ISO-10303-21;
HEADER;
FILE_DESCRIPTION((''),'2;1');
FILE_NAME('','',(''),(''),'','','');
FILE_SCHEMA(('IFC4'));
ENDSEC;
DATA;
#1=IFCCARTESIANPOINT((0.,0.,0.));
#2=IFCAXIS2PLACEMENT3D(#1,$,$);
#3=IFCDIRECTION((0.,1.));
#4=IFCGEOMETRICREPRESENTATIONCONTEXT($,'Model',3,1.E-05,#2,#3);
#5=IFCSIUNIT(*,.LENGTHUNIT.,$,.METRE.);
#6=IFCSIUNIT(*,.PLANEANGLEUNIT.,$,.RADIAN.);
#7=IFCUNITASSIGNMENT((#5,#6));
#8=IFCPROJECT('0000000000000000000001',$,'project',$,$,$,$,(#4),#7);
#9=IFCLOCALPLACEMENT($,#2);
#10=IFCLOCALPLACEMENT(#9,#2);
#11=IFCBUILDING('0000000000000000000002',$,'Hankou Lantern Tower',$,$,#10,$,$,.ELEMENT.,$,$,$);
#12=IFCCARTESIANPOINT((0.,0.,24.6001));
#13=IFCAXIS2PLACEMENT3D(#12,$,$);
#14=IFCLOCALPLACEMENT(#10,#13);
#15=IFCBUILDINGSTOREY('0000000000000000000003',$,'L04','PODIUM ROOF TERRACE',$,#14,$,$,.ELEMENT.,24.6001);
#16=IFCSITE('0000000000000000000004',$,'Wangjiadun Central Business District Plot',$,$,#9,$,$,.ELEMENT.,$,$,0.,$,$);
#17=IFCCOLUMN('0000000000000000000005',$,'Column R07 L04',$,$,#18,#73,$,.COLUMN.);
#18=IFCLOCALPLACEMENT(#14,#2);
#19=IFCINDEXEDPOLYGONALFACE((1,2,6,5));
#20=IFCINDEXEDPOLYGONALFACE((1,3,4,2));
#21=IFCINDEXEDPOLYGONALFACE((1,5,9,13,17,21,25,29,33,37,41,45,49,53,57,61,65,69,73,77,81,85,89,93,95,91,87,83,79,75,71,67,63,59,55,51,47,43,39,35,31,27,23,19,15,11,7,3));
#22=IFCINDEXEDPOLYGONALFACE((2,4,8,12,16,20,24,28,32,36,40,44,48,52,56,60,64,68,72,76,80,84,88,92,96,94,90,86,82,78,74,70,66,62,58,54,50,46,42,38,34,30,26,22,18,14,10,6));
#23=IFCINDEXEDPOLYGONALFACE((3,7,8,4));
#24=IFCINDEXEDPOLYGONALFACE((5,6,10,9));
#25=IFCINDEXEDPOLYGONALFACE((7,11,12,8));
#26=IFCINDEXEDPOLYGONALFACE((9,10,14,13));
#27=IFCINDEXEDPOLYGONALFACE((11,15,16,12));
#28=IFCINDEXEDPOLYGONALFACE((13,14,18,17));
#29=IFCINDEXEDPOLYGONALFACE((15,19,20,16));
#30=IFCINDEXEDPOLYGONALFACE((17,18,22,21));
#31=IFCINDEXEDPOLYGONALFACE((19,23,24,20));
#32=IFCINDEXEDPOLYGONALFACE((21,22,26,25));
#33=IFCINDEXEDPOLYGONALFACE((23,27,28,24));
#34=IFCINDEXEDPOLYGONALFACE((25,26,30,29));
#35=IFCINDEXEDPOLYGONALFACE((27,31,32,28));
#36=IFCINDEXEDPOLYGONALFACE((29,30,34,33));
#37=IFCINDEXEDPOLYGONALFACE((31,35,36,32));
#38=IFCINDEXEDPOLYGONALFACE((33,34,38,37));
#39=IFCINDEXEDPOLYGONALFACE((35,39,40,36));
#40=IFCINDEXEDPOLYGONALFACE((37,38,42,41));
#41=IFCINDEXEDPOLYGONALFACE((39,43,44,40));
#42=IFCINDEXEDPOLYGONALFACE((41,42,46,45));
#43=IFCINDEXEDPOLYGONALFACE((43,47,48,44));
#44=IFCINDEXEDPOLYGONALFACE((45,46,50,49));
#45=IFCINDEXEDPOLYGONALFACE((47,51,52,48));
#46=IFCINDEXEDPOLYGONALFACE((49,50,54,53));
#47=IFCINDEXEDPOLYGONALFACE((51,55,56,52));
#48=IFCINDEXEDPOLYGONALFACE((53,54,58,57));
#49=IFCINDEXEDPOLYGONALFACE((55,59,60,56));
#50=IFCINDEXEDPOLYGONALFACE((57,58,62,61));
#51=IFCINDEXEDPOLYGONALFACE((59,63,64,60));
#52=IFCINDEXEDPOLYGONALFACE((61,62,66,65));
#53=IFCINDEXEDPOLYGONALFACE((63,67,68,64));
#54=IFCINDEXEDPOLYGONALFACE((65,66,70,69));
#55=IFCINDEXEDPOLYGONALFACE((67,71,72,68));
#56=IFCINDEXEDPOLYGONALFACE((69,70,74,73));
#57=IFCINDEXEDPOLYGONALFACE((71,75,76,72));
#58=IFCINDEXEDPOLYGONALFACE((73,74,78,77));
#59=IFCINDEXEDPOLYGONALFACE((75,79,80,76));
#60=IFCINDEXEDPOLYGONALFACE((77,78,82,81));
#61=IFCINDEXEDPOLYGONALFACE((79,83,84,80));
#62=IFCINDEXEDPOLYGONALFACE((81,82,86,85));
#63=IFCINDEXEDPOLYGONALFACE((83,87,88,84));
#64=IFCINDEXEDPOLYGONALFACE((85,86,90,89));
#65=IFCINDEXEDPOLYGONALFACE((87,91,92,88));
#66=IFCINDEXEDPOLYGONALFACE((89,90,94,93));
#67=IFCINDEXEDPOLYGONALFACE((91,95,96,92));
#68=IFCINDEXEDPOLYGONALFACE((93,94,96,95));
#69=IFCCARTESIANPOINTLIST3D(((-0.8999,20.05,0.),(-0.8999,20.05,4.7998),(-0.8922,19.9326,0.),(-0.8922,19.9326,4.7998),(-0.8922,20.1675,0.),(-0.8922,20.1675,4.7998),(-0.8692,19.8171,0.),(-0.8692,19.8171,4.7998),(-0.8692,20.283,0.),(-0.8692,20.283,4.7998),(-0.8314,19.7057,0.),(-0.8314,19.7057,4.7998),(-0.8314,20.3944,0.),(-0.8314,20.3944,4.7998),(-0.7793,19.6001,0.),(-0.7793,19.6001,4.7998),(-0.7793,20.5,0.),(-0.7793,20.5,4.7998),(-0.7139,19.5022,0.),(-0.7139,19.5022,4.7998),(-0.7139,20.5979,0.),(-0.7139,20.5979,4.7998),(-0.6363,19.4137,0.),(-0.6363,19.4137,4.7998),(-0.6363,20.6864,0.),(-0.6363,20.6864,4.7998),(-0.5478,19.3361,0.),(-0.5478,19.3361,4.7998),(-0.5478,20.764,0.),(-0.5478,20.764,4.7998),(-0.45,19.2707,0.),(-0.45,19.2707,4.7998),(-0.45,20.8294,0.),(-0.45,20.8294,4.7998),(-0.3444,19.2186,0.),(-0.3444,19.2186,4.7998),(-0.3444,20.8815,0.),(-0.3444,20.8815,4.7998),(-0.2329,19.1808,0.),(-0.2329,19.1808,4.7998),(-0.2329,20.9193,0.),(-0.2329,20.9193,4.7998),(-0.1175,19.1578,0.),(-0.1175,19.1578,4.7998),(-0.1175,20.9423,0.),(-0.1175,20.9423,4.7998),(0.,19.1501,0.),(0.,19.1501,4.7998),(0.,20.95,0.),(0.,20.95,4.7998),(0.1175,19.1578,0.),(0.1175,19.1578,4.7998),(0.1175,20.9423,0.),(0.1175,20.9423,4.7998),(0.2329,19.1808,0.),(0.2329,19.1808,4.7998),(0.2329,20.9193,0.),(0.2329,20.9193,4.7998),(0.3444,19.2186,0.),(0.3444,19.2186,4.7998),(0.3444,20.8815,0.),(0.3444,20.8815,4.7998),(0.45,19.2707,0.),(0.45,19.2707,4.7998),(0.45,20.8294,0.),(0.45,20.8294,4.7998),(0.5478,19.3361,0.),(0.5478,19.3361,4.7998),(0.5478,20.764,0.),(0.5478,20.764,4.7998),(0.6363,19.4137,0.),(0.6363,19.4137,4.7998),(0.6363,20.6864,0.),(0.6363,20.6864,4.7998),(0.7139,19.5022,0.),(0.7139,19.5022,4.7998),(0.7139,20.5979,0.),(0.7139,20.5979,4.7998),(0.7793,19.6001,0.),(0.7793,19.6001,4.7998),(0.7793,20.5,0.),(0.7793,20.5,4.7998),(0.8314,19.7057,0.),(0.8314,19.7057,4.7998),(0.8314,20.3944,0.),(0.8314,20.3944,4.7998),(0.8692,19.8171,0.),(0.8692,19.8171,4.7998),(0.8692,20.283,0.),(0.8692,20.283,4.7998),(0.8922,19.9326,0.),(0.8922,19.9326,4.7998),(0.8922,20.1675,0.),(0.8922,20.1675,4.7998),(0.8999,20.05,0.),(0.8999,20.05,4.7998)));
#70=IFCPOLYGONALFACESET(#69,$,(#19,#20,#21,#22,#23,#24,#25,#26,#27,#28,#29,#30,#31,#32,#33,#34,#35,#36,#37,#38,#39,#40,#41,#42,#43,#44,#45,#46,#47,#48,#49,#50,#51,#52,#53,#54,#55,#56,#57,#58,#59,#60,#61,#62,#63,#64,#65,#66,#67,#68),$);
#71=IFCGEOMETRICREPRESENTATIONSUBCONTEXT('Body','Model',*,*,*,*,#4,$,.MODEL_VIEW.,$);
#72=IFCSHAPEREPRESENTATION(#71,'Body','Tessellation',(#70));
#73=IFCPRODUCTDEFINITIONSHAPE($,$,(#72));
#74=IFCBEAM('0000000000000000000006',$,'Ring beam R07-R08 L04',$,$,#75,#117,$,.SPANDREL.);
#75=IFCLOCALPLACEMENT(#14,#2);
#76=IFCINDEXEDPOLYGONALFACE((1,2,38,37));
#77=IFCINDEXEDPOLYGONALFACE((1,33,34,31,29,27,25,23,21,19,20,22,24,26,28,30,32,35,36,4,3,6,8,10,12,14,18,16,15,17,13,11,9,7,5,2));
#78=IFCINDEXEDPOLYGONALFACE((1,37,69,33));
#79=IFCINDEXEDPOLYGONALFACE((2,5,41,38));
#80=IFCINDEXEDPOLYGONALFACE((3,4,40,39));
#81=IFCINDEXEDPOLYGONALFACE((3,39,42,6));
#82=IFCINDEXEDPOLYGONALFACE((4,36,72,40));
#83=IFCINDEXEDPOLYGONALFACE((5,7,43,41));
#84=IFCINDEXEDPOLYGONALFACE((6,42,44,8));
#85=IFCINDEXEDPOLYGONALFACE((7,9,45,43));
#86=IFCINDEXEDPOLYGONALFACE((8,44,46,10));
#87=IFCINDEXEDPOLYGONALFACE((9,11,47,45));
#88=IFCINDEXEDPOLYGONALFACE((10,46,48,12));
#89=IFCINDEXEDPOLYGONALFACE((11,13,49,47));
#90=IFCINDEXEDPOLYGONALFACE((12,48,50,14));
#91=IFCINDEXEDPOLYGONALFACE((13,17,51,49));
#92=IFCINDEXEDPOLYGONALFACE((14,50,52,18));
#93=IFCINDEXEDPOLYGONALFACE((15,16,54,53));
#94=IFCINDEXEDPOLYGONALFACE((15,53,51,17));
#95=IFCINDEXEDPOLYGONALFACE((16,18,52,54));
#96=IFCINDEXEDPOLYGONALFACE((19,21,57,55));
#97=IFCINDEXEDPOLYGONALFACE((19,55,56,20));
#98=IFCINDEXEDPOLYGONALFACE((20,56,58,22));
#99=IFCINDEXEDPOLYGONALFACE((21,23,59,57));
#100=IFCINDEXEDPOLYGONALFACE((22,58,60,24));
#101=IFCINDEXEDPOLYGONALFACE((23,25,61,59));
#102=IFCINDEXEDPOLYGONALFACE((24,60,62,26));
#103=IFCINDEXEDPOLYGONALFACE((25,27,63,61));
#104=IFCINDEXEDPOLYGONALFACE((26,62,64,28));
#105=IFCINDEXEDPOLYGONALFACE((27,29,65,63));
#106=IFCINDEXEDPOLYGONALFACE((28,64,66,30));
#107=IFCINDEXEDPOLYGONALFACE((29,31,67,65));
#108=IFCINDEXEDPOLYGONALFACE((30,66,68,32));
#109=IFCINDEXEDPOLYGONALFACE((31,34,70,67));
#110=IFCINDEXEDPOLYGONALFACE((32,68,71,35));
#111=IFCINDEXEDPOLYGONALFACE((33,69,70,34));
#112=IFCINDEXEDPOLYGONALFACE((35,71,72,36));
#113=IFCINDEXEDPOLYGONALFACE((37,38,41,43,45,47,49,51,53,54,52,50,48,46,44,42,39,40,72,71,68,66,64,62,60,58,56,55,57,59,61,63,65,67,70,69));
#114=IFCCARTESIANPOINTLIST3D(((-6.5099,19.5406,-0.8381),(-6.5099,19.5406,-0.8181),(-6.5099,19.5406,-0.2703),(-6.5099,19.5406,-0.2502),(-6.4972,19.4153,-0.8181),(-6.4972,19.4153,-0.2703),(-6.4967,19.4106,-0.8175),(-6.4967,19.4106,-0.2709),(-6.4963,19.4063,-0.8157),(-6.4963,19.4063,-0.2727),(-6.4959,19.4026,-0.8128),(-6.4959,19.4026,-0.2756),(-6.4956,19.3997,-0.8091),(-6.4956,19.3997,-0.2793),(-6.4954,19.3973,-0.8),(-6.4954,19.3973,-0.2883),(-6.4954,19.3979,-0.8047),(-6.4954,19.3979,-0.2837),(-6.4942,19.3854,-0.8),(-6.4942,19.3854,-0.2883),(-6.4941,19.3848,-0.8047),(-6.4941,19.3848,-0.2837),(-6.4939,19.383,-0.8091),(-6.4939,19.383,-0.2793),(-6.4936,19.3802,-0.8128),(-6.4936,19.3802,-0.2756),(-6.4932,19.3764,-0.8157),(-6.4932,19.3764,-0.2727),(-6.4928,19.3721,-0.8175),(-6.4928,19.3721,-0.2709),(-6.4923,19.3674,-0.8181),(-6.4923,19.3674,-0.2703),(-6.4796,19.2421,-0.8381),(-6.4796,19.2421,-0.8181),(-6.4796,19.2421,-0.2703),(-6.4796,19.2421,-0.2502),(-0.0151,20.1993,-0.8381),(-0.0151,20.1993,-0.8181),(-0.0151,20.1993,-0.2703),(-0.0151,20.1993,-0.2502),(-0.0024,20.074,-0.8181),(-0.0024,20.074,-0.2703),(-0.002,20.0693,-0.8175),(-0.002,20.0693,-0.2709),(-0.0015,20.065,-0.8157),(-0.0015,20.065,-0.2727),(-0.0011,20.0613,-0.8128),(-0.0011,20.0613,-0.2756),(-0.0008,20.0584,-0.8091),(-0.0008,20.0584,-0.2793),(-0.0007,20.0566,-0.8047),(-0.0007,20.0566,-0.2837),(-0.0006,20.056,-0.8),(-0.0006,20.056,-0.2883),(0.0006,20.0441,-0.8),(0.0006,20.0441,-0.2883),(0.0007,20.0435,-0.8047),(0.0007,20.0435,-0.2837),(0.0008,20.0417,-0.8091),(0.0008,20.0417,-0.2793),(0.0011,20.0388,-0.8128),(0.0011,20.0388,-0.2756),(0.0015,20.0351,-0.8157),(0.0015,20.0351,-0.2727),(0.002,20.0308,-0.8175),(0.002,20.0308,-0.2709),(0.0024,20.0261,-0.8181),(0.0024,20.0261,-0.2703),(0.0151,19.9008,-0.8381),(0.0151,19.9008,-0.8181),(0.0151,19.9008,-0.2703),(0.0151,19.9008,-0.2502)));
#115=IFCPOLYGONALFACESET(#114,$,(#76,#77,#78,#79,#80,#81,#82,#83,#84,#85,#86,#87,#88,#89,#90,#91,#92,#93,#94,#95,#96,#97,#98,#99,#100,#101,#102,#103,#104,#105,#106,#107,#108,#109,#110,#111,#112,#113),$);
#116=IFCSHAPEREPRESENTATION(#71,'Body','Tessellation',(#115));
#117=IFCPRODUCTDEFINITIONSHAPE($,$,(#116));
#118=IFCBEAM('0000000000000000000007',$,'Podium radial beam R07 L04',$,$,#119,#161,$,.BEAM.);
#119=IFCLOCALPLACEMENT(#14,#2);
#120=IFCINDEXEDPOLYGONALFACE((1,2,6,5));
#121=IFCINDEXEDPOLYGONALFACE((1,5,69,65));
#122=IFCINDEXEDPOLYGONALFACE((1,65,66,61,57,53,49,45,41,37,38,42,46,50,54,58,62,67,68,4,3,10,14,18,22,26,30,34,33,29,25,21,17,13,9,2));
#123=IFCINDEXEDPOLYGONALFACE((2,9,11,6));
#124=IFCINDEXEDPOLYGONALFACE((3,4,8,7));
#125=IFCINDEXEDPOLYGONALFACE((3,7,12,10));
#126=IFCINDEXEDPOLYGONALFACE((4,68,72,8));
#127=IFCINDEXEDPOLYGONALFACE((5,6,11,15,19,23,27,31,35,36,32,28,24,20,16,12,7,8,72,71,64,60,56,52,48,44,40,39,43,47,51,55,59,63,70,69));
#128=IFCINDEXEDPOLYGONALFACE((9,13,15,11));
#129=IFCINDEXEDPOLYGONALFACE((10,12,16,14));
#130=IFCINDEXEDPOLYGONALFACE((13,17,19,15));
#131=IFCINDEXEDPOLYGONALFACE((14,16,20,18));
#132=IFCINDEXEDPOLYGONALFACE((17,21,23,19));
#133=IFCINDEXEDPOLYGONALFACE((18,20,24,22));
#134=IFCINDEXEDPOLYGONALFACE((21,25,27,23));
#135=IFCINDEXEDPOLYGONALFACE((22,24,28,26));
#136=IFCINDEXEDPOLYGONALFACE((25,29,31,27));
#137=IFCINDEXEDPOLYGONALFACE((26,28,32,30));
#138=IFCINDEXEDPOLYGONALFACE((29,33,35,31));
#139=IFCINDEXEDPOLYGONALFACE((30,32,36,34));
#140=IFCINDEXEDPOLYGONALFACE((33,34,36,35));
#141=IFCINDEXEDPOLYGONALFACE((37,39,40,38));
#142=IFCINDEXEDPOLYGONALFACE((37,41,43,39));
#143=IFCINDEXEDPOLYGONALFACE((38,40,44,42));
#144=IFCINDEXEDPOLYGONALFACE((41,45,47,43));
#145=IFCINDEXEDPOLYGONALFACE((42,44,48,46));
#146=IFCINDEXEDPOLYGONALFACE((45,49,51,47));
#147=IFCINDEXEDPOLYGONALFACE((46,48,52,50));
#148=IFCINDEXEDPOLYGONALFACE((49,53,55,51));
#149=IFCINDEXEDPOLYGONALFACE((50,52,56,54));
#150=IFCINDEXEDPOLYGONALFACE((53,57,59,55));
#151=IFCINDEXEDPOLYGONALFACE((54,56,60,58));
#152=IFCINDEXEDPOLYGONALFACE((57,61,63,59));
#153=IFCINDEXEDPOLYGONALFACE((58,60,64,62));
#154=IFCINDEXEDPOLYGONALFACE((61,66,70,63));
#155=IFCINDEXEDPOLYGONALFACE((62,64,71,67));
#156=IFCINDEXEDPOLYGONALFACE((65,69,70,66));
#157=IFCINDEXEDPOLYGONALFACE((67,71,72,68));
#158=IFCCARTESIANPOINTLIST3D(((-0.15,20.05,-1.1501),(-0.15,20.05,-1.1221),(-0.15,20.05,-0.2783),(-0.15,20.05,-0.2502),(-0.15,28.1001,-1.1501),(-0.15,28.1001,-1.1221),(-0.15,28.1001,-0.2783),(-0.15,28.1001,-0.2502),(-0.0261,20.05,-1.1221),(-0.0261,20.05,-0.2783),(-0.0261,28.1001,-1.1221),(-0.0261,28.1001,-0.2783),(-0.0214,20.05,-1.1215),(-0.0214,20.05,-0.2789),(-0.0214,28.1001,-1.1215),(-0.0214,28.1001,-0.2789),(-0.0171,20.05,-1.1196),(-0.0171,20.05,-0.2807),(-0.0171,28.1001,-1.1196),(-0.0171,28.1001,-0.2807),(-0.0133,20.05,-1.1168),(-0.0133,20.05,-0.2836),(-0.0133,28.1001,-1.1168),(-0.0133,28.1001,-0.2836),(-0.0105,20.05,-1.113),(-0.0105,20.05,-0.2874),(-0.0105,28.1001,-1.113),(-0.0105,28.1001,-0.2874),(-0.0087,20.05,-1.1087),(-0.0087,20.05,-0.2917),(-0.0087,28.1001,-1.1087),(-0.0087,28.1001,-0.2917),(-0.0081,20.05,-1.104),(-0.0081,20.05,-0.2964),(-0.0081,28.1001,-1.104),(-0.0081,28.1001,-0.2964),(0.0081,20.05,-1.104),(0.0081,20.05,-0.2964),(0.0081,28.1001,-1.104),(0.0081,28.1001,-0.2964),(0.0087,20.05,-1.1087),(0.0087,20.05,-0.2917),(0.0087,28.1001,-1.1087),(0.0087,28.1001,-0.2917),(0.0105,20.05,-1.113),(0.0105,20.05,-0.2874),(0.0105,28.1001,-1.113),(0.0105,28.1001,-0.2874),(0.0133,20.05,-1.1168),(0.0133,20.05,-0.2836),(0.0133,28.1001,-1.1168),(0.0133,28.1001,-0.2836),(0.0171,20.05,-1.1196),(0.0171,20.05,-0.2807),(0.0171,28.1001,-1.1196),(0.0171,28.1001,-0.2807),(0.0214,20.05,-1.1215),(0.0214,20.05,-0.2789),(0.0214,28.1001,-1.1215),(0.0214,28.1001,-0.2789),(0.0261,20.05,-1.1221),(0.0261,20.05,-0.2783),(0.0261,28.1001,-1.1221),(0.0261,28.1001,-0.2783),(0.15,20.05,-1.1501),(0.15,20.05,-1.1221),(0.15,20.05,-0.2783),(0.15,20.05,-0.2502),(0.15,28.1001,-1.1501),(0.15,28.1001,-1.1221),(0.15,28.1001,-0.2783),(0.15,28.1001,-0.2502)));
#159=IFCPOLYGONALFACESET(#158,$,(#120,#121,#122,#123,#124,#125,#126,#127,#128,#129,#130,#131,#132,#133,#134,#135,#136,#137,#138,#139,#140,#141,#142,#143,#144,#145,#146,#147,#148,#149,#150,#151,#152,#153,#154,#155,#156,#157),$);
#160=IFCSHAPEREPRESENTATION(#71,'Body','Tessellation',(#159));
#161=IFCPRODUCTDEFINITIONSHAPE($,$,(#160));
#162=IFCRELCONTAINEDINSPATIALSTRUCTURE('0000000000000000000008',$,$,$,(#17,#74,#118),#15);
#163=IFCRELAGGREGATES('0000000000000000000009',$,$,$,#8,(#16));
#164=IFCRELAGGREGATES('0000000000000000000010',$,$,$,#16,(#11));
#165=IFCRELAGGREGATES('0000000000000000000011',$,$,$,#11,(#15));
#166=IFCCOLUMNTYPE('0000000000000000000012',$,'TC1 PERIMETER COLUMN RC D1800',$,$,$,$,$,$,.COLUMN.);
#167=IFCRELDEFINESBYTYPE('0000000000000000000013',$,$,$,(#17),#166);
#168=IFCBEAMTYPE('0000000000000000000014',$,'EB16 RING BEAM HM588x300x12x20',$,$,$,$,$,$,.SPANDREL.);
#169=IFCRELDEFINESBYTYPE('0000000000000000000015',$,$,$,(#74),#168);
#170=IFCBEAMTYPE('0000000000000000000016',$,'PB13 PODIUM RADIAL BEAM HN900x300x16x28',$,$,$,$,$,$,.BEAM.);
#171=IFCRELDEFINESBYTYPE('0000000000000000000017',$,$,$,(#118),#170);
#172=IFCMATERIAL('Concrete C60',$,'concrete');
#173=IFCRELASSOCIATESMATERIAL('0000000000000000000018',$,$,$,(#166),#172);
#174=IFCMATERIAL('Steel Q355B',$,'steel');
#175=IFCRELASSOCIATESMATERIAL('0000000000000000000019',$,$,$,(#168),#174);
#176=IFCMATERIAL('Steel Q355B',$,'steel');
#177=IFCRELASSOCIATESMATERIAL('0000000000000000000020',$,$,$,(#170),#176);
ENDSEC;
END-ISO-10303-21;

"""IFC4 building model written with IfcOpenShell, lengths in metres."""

from ifc_helpers import new_model, si_unit, direction, frame, origin, origin_2d, place, context, subcontext, project, spatial, circle, i_section, extrude, material, material_profile, profile_set, type_object, element, save


model = new_model("IFC4")

# Units and contexts
model_context = context("Model", 3, precision=1e-05, world=origin(), true_north=direction((0.0, 1.0)))
body_context = subcontext(model_context, "Body", "Model", "MODEL_VIEW")
ifc_project = project(units=[si_unit("LENGTHUNIT", "METRE"), si_unit("PLANEANGLEUNIT", "RADIAN")], contexts=[model_context])

# Site, building, storey
site_placement = place(None, origin())
site = spatial("IfcSite", under=ifc_project, at=site_placement, Name="Wangjiadun Central Business District Plot", CompositionType="ELEMENT", RefElevation=0.0)
building_placement = place(site_placement, origin())
building = spatial("IfcBuilding", under=site, at=building_placement, Name="Hankou Lantern Tower", CompositionType="ELEMENT")
storey_placement = place(building_placement, frame((0.0, 0.0, 24.6001)))
storey = spatial("IfcBuildingStorey", under=building, at=storey_placement, Name="L04", Description="PODIUM ROOF TERRACE", CompositionType="ELEMENT", Elevation=24.6001)

# Column
ifc_material_1 = material(Name="Concrete C60", Category="concrete")
ifc_material_profile_1 = material_profile(ifc_material_1, circle(Radius=0.8999, at=origin_2d()), Name="RC D1800")
ifc_profile_set_1 = profile_set([ifc_material_profile_1], Name="Concrete C60")
column_type = type_object("IfcColumnType", Name="TC1 PERIMETER COLUMN RC D1800", PredefinedType="COLUMN", material=ifc_profile_set_1)
column_placement = place(storey_placement, frame((0.0, 20.05, 0.0), z_axis=(0.0, 0.0, 1.0), x_axis=(1.0, 0.0, 0.0)))
element("IfcColumn", 1, at=column_placement, inside=storey, type_object=column_type, Name="Column R07 L04", PredefinedType="COLUMN", context=body_context, shape_type="SweptSolid", body=[
    extrude(circle(Radius=0.8999, at=origin_2d()), origin(), (0.0, 0.0, 1.0), 4.7998),
])

# Beams
ifc_material_2 = material(Name="Steel Q355B", Category="steel")
ifc_material_profile_2 = material_profile(ifc_material_2, i_section(OverallWidth=0.3, OverallDepth=0.5879, WebThickness=0.012, FlangeThickness=0.02, FilletRadius=0.0181, at=origin_2d()), Name="HM588x300x12x20")
ifc_profile_set_2 = profile_set([ifc_material_profile_2], Name="Steel Q355B")
beam_type_1 = type_object("IfcBeamType", Name="EB16 RING BEAM HM588x300x12x20", PredefinedType="SPANDREL", material=ifc_profile_set_2)
beam_1_placement = place(storey_placement, frame((0.0, 20.05, -0.5442), z_axis=(-0.994897, -0.1009, 0.0), x_axis=(0.1009, -0.994897, 0.0)))
element("IfcBeam", 2, at=beam_1_placement, inside=storey, type_object=beam_type_1, Name="Ring beam R07-R08 L04", PredefinedType="SPANDREL", context=body_context, shape_type="SweptSolid", body=[
    extrude(i_section(OverallWidth=0.3, OverallDepth=0.5879, WebThickness=0.012, FlangeThickness=0.02, FilletRadius=0.0181, at=origin_2d()), origin(), (0.0, 0.0, 1.0), 6.5281),
])
ifc_material_3 = material(Name="Steel Q355B", Category="steel")
ifc_material_profile_3 = material_profile(ifc_material_3, i_section(OverallWidth=0.3, OverallDepth=0.8999, WebThickness=0.0161, FlangeThickness=0.0281, FilletRadius=0.0181, at=origin_2d()), Name="HN900x300x16x28")
ifc_profile_set_3 = profile_set([ifc_material_profile_3], Name="Steel Q355B")
beam_type_2 = type_object("IfcBeamType", Name="PB13 PODIUM RADIAL BEAM HN900x300x16x28", PredefinedType="BEAM", material=ifc_profile_set_3)
beam_2_placement = place(storey_placement, frame((0.0, 20.05, -0.7002), z_axis=(0.0, 1.0, 0.0), x_axis=(-1.0, 0.0, 0.0)))
element("IfcBeam", 3, at=beam_2_placement, inside=storey, type_object=beam_type_2, Name="Podium radial beam R07 L04", PredefinedType="BEAM", context=body_context, shape_type="SweptSolid", body=[
    extrude(i_section(OverallWidth=0.3, OverallDepth=0.8999, WebThickness=0.0161, FlangeThickness=0.0281, FilletRadius=0.0181, at=origin_2d()), origin(), (0.0, 0.0, 1.0), 8.05),
])

save(model, "model.ifc")
